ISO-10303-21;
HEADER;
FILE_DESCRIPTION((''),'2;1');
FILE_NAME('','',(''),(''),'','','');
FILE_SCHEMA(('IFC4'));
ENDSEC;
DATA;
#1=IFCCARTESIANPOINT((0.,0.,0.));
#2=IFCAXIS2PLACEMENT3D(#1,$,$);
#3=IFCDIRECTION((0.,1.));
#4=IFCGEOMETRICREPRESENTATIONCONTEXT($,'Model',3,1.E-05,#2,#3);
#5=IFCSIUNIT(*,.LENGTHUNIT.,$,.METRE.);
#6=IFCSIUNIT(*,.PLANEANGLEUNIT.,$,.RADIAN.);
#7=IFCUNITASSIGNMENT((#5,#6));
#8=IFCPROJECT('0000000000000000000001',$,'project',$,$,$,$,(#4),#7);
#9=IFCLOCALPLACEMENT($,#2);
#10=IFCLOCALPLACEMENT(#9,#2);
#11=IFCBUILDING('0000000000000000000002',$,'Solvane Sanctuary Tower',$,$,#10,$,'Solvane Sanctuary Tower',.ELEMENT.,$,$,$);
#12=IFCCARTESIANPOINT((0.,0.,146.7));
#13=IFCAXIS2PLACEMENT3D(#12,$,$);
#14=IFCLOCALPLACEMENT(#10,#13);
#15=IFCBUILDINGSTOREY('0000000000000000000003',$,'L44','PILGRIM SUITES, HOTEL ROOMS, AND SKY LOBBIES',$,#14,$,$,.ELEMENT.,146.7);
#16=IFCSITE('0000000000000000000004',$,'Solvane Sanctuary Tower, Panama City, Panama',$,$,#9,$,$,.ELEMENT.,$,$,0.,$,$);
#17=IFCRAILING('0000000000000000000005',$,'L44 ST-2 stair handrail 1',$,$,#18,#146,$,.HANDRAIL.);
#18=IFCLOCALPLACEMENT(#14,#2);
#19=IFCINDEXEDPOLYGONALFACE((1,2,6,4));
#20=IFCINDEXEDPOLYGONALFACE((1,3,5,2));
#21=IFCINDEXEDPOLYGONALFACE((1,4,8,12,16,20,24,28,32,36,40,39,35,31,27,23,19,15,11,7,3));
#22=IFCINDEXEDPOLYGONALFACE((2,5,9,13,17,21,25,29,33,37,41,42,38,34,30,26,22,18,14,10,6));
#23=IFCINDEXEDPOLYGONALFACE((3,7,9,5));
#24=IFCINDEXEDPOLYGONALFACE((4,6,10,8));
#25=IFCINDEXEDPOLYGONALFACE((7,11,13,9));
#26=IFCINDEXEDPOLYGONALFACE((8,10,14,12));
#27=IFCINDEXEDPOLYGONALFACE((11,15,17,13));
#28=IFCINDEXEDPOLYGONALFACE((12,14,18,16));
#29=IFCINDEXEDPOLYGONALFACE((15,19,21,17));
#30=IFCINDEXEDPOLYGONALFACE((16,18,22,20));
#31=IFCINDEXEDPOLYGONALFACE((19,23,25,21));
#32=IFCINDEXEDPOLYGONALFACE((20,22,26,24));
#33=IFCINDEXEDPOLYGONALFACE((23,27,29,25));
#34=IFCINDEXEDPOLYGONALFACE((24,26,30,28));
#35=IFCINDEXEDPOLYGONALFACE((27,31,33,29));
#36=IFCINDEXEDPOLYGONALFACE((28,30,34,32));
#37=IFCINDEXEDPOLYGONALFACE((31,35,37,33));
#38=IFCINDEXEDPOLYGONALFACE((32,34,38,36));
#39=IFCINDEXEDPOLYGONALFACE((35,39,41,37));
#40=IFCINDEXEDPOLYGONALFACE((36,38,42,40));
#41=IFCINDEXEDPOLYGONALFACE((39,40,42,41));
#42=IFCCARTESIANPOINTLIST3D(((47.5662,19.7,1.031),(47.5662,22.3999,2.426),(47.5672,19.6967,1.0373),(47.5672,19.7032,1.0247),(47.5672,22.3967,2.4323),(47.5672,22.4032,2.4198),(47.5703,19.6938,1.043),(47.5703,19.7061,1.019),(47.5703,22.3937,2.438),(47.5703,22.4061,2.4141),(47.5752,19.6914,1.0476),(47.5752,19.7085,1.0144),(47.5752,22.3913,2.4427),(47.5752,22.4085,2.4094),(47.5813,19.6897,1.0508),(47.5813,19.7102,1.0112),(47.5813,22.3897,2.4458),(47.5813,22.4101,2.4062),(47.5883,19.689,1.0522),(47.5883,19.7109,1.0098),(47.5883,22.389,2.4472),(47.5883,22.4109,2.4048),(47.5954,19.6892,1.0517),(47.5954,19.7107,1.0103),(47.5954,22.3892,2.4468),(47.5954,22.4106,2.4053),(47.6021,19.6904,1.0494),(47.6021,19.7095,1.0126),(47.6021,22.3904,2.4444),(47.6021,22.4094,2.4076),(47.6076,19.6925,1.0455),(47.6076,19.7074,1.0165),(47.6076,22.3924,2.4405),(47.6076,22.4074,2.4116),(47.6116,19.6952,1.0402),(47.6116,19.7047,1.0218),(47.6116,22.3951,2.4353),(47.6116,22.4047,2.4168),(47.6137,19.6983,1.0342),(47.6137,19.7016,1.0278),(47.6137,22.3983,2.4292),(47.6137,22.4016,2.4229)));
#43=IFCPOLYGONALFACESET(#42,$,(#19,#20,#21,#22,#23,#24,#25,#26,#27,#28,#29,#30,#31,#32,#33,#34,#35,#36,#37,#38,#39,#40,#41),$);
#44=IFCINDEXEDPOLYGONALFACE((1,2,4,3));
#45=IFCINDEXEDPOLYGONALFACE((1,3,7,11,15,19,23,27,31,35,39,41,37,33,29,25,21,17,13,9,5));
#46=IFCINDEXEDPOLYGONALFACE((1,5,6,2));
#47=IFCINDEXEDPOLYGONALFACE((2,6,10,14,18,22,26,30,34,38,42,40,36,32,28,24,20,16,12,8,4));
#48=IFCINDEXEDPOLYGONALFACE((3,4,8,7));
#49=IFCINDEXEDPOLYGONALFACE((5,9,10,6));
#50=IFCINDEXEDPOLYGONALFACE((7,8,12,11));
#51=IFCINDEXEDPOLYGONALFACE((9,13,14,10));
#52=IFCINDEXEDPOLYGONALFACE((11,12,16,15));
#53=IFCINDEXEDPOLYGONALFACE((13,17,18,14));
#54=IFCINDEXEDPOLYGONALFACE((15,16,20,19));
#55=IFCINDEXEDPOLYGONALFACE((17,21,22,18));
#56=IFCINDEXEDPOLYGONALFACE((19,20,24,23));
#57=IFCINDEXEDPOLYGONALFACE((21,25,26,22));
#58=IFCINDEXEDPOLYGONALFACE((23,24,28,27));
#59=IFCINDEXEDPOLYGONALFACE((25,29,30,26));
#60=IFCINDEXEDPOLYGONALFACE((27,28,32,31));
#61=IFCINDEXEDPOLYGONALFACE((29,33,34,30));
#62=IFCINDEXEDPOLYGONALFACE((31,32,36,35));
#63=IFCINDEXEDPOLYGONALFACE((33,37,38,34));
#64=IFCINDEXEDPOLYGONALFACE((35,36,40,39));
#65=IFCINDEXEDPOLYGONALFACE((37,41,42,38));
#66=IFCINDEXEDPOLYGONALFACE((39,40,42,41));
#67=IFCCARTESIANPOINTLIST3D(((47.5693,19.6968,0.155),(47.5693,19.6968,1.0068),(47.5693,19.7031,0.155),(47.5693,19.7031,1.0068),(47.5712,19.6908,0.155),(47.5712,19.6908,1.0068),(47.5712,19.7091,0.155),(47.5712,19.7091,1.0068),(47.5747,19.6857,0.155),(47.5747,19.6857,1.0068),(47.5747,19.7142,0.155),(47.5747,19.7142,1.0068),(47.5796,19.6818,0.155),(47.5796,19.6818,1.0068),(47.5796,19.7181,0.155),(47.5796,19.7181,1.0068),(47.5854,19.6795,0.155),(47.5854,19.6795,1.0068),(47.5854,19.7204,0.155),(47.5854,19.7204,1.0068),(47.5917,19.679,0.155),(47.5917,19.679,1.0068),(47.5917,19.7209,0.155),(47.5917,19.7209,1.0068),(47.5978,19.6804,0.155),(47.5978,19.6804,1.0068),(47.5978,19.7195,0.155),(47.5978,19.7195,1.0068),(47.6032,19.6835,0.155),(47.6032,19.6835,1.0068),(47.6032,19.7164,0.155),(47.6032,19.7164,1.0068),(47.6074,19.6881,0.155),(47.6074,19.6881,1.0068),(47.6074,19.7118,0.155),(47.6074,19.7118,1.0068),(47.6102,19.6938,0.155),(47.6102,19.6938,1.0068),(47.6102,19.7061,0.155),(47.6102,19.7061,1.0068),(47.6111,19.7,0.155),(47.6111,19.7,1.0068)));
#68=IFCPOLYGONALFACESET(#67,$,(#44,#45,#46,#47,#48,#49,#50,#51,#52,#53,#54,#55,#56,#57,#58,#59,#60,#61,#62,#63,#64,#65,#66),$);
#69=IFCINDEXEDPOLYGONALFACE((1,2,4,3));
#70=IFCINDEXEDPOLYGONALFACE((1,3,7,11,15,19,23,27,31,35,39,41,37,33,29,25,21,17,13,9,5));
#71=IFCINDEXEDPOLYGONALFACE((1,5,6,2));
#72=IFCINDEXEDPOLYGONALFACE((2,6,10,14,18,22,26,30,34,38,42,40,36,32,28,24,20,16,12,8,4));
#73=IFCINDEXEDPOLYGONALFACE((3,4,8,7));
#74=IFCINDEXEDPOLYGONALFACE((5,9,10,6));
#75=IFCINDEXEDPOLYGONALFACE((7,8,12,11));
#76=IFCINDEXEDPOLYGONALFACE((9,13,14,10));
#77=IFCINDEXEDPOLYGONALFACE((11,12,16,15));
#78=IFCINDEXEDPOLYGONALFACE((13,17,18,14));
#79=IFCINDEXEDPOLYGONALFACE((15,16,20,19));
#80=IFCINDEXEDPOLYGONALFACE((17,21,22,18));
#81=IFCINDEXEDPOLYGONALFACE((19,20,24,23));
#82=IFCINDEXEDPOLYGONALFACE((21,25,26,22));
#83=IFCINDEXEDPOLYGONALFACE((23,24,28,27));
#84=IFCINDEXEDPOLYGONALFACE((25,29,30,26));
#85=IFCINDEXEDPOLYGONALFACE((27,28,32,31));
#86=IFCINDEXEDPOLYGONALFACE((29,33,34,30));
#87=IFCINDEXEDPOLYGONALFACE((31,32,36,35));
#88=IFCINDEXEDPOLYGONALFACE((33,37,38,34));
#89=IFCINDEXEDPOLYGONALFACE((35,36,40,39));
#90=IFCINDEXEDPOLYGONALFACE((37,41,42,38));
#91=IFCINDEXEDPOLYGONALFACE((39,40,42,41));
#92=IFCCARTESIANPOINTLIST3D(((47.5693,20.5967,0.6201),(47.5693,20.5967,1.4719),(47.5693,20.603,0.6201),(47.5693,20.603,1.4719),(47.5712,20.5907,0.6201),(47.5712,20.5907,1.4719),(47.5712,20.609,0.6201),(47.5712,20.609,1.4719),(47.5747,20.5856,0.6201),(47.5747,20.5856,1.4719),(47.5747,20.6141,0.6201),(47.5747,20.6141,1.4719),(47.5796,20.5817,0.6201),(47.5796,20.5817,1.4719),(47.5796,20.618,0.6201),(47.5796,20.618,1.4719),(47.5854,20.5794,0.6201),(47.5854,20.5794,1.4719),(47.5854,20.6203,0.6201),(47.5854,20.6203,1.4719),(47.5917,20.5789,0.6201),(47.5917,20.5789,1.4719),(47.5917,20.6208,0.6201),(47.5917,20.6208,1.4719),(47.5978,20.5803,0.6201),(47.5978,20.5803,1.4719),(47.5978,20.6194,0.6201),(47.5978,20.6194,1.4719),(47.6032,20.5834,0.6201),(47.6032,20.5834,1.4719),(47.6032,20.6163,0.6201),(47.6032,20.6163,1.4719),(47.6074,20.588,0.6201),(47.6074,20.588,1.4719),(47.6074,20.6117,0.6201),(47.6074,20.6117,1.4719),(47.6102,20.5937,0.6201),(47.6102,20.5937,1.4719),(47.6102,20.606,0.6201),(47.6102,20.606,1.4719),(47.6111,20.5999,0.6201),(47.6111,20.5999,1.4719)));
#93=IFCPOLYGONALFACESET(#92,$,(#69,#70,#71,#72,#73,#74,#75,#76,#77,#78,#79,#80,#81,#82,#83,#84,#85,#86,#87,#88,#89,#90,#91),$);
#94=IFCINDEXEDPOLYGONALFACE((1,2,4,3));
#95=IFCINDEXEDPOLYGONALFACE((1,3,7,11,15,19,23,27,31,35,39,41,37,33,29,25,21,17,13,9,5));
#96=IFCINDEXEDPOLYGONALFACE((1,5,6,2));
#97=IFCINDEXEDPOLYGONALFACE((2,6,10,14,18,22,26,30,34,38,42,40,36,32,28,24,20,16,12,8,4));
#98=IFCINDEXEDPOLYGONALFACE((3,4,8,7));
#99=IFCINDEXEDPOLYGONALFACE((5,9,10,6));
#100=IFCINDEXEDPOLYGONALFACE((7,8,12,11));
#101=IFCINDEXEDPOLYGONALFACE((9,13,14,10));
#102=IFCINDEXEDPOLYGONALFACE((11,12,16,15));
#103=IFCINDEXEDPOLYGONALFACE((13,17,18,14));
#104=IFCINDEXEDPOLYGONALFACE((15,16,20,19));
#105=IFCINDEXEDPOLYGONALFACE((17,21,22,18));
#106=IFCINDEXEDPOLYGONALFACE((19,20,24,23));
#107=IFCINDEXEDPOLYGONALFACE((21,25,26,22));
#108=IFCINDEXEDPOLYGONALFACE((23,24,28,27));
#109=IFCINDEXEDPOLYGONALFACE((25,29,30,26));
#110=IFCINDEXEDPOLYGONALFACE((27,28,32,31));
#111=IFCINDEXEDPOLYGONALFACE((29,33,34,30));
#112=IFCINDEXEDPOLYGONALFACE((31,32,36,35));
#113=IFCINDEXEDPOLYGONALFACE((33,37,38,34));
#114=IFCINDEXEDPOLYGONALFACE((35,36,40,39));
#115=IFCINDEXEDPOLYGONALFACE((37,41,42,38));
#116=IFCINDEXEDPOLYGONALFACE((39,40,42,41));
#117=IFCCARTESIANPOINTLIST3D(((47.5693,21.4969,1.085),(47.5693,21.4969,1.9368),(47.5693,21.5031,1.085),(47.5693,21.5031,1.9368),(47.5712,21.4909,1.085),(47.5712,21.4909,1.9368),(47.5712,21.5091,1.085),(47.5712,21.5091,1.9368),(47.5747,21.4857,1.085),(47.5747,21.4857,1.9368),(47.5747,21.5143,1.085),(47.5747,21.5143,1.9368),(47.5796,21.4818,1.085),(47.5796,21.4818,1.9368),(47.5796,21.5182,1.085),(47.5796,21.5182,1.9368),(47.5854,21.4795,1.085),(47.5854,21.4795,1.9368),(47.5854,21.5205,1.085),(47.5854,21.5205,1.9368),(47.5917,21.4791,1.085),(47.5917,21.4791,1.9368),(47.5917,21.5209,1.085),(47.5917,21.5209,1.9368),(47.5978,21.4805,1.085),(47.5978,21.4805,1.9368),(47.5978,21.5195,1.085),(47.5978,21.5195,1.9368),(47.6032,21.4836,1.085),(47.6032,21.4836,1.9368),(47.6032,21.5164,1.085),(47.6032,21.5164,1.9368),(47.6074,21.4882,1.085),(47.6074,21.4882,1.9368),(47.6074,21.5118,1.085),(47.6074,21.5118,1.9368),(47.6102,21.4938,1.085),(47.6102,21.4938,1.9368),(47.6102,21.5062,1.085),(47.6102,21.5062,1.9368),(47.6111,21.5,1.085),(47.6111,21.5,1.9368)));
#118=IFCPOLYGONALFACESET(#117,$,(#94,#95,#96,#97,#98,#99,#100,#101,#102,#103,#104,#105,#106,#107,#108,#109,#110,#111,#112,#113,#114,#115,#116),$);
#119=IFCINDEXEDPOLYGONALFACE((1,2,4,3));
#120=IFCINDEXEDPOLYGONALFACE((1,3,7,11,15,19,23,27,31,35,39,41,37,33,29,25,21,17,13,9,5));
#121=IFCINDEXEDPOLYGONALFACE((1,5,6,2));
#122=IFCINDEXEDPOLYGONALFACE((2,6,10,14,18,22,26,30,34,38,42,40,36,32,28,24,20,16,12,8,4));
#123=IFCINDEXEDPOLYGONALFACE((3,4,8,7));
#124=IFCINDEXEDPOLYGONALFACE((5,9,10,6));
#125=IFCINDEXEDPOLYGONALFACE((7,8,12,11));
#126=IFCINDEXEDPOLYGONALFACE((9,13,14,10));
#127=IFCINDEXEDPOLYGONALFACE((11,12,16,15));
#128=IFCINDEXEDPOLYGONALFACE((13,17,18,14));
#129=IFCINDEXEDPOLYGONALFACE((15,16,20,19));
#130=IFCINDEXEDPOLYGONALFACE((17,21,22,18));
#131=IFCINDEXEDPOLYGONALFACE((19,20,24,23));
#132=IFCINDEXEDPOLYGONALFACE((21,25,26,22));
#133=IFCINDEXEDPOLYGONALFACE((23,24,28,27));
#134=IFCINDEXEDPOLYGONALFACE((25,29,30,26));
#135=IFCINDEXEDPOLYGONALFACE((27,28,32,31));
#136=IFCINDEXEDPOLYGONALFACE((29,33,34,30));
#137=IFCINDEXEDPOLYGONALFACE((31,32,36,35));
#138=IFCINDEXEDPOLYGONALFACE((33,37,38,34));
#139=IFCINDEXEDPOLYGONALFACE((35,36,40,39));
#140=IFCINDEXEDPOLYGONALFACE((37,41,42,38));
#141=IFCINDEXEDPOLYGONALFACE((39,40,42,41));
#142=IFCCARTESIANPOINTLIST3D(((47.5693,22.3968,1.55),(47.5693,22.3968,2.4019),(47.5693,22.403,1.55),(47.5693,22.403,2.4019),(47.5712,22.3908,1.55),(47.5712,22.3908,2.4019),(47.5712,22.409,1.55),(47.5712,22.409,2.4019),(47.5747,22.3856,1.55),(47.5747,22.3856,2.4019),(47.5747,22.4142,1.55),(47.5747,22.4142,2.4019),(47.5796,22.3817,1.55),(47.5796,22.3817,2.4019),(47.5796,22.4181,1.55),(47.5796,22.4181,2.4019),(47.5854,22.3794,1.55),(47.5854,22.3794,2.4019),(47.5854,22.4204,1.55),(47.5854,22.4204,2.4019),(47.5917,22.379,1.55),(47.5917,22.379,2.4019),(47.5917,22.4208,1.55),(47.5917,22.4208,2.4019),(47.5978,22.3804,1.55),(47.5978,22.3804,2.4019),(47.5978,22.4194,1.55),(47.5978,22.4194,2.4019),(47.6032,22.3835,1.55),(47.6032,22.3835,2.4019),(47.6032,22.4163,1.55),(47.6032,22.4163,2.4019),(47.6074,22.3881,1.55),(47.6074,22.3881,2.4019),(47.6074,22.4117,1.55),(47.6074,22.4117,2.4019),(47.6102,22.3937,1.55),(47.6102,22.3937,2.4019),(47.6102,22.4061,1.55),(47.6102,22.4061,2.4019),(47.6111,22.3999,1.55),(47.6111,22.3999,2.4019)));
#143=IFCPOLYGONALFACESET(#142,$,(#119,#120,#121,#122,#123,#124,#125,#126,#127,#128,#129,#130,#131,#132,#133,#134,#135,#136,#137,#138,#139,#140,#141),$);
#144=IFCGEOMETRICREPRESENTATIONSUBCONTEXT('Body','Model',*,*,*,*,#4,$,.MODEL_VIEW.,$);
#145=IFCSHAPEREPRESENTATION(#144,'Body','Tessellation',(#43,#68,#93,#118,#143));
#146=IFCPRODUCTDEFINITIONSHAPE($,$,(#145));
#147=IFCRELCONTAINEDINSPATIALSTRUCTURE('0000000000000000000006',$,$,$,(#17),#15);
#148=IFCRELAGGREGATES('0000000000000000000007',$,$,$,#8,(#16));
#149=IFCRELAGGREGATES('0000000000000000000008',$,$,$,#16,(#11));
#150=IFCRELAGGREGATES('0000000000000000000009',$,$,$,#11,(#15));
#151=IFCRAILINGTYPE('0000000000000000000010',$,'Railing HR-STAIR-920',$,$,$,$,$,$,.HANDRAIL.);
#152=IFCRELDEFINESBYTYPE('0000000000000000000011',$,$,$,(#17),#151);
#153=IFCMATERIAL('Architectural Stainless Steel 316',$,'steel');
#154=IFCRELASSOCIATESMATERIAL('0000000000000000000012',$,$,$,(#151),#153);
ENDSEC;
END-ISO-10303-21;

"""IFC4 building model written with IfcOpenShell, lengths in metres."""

from ifc_helpers import new_model, si_unit, direction, frame, origin, origin_2d, place, context, subcontext, project, spatial, circle, extrude, material, type_object, element, save


model = new_model("IFC4")

# Units and contexts
model_context = context("Model", 3, precision=1e-05, world=origin(), true_north=direction((0.0, 1.0)))
body_context = subcontext(model_context, "Body", "Model", "MODEL_VIEW")
ifc_project = project(units=[si_unit("LENGTHUNIT", "METRE"), si_unit("PLANEANGLEUNIT", "RADIAN")], contexts=[model_context])

# Site, building, storey
site_placement = place(None, origin())
site = spatial("IfcSite", under=ifc_project, at=site_placement, Name="Solvane Sanctuary Tower, Panama City, Panama", CompositionType="ELEMENT", RefElevation=0.0)
building_placement = place(site_placement, origin())
building = spatial("IfcBuilding", under=site, at=building_placement, Name="Solvane Sanctuary Tower", LongName="Solvane Sanctuary Tower", CompositionType="ELEMENT")
storey_placement = place(building_placement, frame((0.0, 0.0, 146.7)))
storey = spatial("IfcBuildingStorey", under=building, at=storey_placement, Name="L44", Description="PILGRIM SUITES, HOTEL ROOMS, AND SKY LOBBIES", CompositionType="ELEMENT", Elevation=146.7)

# Shared definitions
ifc_material_1 = material(Name="Architectural Stainless Steel 316", Category="steel")

# Railing
railing_type_1 = type_object("IfcRailingType", Name="Railing HR-STAIR-920", PredefinedType="HANDRAIL", material=ifc_material_1)
railing_1_placement = place(storey_placement, frame((47.5901, 19.7, 0.155)))
element("IfcRailing", 1, at=railing_1_placement, inside=storey, type_object=railing_type_1, Name="L44 ST-2 stair handrail 1", PredefinedType="HANDRAIL", context=body_context, shape_type="SweptSolid", body=[
    extrude(circle(Radius=0.0239, at=origin_2d()), frame((0.0, 0.0, 0.876), z_axis=(0.0, 0.88842, 0.459032), x_axis=(-1.0, 0.0, 0.0)), (0.0, 0.0, 1.0), 3.0391),
    extrude(circle(Radius=0.021, at=origin_2d()), origin(), (0.0, 0.0, 1.0), 0.8518),
    extrude(circle(Radius=0.021, at=origin_2d()), frame((0.0, 0.8999, 0.4651)), (0.0, 0.0, 1.0), 0.8518),
    extrude(circle(Radius=0.021, at=origin_2d()), frame((0.0, 1.8, 0.9299)), (0.0, 0.0, 1.0), 0.8518),
    extrude(circle(Radius=0.021, at=origin_2d()), frame((0.0, 2.7, 1.395)), (0.0, 0.0, 1.0), 0.8518),
])

save(model, "model.ifc")
